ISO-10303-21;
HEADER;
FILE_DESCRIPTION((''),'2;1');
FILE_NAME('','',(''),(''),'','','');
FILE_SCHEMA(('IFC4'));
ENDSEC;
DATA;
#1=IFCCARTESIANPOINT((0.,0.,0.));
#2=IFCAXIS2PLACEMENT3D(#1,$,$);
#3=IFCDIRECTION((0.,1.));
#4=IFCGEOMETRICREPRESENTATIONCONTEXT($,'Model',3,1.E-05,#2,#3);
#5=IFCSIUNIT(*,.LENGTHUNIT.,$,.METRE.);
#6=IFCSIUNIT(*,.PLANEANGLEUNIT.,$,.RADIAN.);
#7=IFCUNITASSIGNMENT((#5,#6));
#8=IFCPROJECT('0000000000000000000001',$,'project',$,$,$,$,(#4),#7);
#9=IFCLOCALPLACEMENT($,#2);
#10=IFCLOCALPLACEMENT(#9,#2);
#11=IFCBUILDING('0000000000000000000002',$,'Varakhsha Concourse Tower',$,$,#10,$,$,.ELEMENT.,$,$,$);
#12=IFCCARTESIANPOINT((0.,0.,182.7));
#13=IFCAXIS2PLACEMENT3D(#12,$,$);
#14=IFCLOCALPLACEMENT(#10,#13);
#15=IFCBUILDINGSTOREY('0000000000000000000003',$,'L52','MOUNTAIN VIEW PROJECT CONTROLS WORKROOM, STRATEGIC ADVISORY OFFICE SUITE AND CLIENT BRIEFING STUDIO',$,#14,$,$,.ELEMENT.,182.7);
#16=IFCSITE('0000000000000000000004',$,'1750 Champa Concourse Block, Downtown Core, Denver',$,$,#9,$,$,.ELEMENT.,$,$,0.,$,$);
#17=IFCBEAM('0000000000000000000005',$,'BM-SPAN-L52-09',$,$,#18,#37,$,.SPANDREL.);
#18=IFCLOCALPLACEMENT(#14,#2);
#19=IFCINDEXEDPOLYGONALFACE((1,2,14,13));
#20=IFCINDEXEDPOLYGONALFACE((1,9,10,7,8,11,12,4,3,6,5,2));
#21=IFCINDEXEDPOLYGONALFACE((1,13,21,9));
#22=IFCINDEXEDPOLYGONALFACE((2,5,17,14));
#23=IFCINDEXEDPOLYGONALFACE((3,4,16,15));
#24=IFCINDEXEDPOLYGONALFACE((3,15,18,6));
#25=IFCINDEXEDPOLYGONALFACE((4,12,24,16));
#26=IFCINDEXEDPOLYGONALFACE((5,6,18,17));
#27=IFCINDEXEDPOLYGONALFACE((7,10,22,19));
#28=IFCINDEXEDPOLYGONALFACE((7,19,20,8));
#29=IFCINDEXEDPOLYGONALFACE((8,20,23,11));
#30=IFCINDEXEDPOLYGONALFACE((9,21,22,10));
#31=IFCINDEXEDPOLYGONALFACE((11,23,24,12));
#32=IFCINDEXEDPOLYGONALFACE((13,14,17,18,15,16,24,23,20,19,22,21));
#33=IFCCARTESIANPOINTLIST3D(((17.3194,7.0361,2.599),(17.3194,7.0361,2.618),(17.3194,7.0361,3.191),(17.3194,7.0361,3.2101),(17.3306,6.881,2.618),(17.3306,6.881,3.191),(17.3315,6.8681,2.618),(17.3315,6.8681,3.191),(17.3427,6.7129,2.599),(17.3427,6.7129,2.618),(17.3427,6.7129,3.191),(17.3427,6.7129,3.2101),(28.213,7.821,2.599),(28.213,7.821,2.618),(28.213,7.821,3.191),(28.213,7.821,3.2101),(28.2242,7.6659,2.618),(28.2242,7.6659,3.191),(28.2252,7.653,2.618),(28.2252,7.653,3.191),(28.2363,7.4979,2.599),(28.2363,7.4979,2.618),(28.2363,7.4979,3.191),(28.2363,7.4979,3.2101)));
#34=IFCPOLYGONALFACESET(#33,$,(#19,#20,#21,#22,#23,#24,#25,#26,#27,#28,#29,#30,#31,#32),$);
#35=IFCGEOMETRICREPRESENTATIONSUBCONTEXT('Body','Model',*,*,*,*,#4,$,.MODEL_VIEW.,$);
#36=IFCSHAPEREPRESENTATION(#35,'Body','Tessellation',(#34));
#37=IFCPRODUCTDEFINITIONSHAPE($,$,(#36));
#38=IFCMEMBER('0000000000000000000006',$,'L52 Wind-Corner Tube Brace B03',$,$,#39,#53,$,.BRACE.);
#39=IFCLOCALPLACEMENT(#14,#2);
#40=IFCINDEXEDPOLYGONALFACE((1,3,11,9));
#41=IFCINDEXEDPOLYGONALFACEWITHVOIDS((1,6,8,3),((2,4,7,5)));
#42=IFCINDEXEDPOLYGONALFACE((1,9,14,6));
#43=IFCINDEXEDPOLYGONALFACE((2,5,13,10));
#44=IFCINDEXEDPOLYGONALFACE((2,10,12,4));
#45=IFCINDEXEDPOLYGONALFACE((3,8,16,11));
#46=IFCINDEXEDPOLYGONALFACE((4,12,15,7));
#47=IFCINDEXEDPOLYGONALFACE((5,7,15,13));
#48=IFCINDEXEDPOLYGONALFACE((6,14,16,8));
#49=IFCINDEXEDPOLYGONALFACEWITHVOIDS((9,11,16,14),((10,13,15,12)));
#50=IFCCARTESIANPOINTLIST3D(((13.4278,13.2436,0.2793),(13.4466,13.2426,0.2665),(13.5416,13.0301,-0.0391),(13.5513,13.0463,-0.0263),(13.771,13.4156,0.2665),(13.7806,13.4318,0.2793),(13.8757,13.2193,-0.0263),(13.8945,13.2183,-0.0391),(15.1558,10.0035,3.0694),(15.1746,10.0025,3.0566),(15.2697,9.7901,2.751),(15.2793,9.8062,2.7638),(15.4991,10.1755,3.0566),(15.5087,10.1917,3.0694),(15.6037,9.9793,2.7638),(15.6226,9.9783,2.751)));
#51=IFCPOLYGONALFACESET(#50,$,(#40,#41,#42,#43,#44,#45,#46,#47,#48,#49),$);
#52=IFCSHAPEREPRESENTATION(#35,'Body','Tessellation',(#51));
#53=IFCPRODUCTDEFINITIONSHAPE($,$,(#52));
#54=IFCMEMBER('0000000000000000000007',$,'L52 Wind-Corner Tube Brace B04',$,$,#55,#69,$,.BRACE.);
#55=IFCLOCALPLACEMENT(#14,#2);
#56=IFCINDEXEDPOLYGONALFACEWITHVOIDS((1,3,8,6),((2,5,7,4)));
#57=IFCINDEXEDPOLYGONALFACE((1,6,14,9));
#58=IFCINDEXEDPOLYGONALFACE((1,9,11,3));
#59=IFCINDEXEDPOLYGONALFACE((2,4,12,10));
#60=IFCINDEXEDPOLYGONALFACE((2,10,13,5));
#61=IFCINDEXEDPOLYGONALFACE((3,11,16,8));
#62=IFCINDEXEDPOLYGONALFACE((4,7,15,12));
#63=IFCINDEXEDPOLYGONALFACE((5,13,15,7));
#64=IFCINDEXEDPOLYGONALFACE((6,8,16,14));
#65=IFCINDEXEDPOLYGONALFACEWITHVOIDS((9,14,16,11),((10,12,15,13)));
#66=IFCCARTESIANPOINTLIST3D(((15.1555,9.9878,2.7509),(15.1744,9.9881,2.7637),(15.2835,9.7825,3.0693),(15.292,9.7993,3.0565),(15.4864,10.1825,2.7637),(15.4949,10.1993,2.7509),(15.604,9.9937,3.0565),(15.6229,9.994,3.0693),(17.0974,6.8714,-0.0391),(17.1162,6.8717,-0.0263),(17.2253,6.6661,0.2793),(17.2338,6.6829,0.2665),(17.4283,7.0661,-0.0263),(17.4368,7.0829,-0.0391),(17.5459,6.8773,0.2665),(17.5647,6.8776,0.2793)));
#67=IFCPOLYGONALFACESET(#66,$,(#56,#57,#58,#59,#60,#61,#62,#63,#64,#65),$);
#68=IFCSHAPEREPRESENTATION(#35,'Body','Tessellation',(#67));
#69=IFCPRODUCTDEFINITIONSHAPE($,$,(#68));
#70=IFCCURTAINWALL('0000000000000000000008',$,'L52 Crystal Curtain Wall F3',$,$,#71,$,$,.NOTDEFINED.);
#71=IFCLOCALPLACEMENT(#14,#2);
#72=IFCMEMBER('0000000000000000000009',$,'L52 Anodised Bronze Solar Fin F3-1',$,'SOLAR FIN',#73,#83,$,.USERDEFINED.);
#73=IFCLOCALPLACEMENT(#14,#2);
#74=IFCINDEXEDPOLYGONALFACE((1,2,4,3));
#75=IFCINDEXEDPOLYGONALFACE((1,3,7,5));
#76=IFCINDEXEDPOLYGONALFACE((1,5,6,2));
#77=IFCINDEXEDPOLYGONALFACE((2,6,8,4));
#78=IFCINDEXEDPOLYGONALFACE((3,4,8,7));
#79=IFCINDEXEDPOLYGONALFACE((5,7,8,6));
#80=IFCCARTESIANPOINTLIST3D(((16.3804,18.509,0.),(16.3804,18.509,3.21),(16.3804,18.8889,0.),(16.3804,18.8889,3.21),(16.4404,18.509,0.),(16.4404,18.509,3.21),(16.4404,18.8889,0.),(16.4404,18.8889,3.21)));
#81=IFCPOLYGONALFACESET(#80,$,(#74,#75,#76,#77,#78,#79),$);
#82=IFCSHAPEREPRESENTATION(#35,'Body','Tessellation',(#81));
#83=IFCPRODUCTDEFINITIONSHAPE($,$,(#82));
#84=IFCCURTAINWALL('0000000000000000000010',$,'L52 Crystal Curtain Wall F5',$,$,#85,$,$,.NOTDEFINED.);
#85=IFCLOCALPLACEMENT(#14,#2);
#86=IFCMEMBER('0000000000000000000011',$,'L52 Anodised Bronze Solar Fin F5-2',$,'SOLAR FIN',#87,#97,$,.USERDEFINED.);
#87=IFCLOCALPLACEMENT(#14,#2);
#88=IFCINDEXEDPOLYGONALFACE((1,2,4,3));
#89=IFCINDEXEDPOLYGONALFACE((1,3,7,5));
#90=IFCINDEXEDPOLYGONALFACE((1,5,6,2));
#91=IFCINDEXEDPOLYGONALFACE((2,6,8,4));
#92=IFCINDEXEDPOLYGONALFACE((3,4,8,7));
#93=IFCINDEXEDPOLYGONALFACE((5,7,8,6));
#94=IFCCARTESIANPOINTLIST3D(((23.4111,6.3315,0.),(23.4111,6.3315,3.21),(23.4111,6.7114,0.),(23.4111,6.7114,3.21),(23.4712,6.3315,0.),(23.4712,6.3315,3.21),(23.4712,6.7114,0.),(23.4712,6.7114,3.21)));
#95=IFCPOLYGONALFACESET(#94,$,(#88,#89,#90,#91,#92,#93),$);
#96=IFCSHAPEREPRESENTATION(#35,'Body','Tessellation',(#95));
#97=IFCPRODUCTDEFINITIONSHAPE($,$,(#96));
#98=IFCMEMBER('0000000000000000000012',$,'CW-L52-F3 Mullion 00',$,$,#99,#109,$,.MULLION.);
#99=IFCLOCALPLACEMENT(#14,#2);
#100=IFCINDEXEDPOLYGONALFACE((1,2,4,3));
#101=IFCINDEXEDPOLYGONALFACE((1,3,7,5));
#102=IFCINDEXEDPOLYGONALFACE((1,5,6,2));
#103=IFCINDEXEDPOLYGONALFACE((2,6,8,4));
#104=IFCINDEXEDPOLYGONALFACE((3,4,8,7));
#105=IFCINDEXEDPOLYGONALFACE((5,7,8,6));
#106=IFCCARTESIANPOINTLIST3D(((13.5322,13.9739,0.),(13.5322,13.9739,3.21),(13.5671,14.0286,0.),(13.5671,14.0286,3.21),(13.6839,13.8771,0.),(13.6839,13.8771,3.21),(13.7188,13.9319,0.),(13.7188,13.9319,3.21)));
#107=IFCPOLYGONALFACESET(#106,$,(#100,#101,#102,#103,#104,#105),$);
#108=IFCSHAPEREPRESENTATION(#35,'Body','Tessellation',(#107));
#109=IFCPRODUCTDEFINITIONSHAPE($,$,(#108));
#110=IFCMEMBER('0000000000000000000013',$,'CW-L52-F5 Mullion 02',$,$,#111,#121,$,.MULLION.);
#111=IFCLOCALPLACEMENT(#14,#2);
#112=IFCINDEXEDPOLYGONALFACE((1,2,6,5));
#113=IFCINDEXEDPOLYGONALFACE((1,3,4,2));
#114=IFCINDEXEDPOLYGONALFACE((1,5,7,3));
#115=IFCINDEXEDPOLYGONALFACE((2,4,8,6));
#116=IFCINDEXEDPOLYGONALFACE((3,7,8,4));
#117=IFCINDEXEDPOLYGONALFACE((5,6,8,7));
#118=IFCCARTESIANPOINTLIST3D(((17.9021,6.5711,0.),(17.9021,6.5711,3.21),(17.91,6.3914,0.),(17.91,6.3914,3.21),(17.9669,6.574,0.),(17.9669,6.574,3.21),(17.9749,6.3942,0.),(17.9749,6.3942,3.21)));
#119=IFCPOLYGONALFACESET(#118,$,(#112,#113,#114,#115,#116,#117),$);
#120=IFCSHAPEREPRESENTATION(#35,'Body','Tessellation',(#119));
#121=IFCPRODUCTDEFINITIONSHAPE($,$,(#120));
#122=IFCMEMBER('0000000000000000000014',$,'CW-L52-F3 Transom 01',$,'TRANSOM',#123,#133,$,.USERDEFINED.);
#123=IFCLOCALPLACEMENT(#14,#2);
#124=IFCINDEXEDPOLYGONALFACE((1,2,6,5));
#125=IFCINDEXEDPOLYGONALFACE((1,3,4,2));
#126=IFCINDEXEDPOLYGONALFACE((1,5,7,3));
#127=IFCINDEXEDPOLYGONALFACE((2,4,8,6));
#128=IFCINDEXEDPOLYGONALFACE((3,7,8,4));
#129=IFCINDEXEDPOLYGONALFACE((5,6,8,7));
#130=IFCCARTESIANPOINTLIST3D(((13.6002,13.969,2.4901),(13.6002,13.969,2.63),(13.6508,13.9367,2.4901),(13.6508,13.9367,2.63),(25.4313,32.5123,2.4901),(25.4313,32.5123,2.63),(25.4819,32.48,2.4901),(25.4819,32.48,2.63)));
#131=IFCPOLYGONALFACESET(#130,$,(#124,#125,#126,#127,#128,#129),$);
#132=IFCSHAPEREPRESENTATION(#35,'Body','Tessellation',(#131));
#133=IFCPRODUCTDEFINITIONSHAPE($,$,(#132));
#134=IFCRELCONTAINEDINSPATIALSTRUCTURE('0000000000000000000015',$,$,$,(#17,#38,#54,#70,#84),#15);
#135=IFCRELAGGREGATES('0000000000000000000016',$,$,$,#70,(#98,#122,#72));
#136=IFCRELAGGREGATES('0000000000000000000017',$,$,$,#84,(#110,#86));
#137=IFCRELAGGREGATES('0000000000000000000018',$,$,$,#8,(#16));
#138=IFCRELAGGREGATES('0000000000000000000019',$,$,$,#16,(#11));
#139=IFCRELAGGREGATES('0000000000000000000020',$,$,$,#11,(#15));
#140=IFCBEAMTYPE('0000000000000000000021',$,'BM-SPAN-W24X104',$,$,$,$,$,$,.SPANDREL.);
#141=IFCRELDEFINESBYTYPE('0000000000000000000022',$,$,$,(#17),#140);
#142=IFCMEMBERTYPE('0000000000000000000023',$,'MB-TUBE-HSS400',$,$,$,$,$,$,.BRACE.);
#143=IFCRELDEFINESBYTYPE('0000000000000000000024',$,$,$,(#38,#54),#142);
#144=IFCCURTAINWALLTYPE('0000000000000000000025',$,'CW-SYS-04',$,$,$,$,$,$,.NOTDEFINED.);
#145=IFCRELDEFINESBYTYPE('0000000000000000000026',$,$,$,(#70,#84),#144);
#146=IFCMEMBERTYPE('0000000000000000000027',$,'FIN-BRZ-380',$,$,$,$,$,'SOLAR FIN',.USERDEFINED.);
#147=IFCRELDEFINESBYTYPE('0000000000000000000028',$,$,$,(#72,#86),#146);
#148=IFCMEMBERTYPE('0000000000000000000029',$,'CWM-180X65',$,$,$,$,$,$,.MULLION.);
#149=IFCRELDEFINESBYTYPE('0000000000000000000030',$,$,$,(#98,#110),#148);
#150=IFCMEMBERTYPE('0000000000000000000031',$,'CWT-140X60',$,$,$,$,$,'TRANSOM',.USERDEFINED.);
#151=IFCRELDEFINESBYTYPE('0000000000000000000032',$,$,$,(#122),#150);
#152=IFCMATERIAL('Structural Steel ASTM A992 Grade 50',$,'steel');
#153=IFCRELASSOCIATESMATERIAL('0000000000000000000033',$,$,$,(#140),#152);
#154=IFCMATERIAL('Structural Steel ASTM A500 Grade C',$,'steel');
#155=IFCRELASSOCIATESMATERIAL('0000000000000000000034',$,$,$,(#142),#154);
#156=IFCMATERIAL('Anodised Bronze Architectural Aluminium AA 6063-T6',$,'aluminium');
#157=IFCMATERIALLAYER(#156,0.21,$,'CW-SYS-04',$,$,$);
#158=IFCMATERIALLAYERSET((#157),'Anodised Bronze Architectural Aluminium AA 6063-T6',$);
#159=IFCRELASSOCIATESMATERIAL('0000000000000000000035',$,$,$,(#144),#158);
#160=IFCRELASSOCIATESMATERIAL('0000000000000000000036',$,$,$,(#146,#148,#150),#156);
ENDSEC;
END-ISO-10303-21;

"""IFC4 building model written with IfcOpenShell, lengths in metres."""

from ifc_helpers import new_model, si_unit, direction, frame, origin, origin_2d, place, context, subcontext, project, spatial, rectangle, hollow_rectangle, i_section, extrude, source, transform, mapped, material, layer, layer_set, material_profile, profile_set, type_object, type_shapes, element, aggregate, save


model = new_model("IFC4")

# Units and contexts
model_context = context("Model", 3, precision=1e-05, world=origin(), true_north=direction((0.0, 1.0)))
body_context = subcontext(model_context, "Body", "Model", "MODEL_VIEW")
ifc_project = project(units=[si_unit("LENGTHUNIT", "METRE"), si_unit("PLANEANGLEUNIT", "RADIAN")], contexts=[model_context])

# Site, building, storey
site_placement = place(None, origin())
site = spatial("IfcSite", under=ifc_project, at=site_placement, Name="1750 Champa Concourse Block, Downtown Core, Denver", CompositionType="ELEMENT", RefElevation=0.0)
building_placement = place(site_placement, origin())
building = spatial("IfcBuilding", under=site, at=building_placement, Name="Varakhsha Concourse Tower", CompositionType="ELEMENT")
storey_placement = place(building_placement, frame((0.0, 0.0, 182.7)))
storey = spatial("IfcBuildingStorey", under=building, at=storey_placement, Name="L52", Description="MOUNTAIN VIEW PROJECT CONTROLS WORKROOM, STRATEGIC ADVISORY OFFICE SUITE AND CLIENT BRIEFING STUDIO", CompositionType="ELEMENT", Elevation=182.7)

# Shared definitions
ifc_material_1 = material(Name="Structural Steel ASTM A992 Grade 50", Category="steel")

# Beam
ifc_material_profile_1 = material_profile(ifc_material_1, i_section(OverallWidth=0.324, OverallDepth=0.6111, WebThickness=0.0129, FlangeThickness=0.019, at=origin_2d()), Name="W24X104")
ifc_profile_set_1 = profile_set([ifc_material_profile_1], Name="Structural Steel ASTM A992 Grade 50")
beam_type_1 = type_object("IfcBeamType", Name="BM-SPAN-W24X104", PredefinedType="SPANDREL", material=ifc_profile_set_1)
beam_1_placement = place(storey_placement, frame((17.3311, 6.8745, 2.9045), z_axis=(0.997414, 0.071867, 0.0), x_axis=(-0.071867, 0.997414, 0.0)))
element("IfcBeam", 1, at=beam_1_placement, inside=storey, type_object=beam_type_1, Name="BM-SPAN-L52-09", PredefinedType="SPANDREL", context=body_context, shape_type="SweptSolid", body=[
    extrude(i_section(OverallWidth=0.324, OverallDepth=0.6111, WebThickness=0.0129, FlangeThickness=0.019, at=origin_2d()), origin(), (0.0, 0.0, 1.0), 10.9219),
])

# Members
ifc_material_2 = material(Name="Structural Steel ASTM A500 Grade C", Category="steel")
ifc_material_profile_2 = material_profile(ifc_material_2, hollow_rectangle(XDim=0.3999, YDim=0.3999, WallThickness=0.0161, at=origin_2d()), Name="HSS 400x400x16")
ifc_profile_set_2 = profile_set([ifc_material_profile_2], Name="Structural Steel ASTM A500 Grade C")
member_type_1 = type_object("IfcMemberType", Name="MB-TUBE-HSS400", PredefinedType="BRACE", material=ifc_profile_set_2)
shared_shape_1 = source(origin(), body_context, "Body", "SweptSolid", [
    extrude(hollow_rectangle(XDim=0.3999, YDim=0.3999, WallThickness=0.0161, at=origin_2d()), origin(), (0.0, 0.0, 1.0), 4.6118),
])
member_1_placement = place(storey_placement, frame((13.6611, 13.231, 0.1201), z_axis=(0.374704, -0.702556, 0.604989), x_axis=(0.882349, 0.470595, 0.0)))
element("IfcMember", 2, at=member_1_placement, inside=storey, type_object=member_type_1, Name="L52 Wind-Corner Tube Brace B03", PredefinedType="BRACE", context=body_context, shape_type="MappedRepresentation", body=[
    mapped(shared_shape_1, transform((0.0, 0.0, 0.0), scale=1.0)),
])
shared_shape_2 = source(origin(), body_context, "Body", "SweptSolid", [
    extrude(hollow_rectangle(XDim=0.3999, YDim=0.3999, WallThickness=0.0161, at=origin_2d()), origin(), (0.0, 0.0, 1.0), 4.6116),
])
type_shapes(member_type_1, [shared_shape_1, shared_shape_2])
member_2_placement = place(storey_placement, frame((17.3311, 6.8745, 0.1201), z_axis=(-0.421082, 0.675775, 0.604994), x_axis=(-0.848718, -0.528845, 0.0)))
element("IfcMember", 3, at=member_2_placement, inside=storey, type_object=member_type_1, Name="L52 Wind-Corner Tube Brace B04", PredefinedType="BRACE", context=body_context, shape_type="MappedRepresentation", body=[
    mapped(shared_shape_2, transform((0.0, 0.0, 0.0), scale=1.0)),
])

# Curtain walls, members
ifc_material_3 = material(Name="Anodised Bronze Architectural Aluminium AA 6063-T6", Category="aluminium")
ifc_layer_1 = layer(ifc_material_3, 0.21, Name="CW-SYS-04")
ifc_layer_set_1 = layer_set([ifc_layer_1], Name="Anodised Bronze Architectural Aluminium AA 6063-T6")
curtain_wall_type = type_object("IfcCurtainWallType", Name="CW-SYS-04", PredefinedType="NOTDEFINED", material=ifc_layer_set_1)
curtain_wall_1_placement = place(storey_placement, origin())
curtain_wall_1 = element("IfcCurtainWall", 4, at=curtain_wall_1_placement, inside=storey, type_object=curtain_wall_type, Name="L52 Crystal Curtain Wall F3", PredefinedType="NOTDEFINED")
ifc_material_profile_3 = material_profile(ifc_material_3, rectangle(XDim=0.0601, YDim=0.3799, at=origin_2d()), Name="FIN-BRZ-380")
ifc_profile_set_3 = profile_set([ifc_material_profile_3], Name="Anodised Bronze Architectural Aluminium AA 6063-T6")
member_type_2 = type_object("IfcMemberType", Name="FIN-BRZ-380", ElementType="SOLAR FIN", PredefinedType="USERDEFINED", material=ifc_profile_set_3)
shared_shape_3 = source(origin(), body_context, "Body", "SweptSolid", [
    extrude(rectangle(XDim=0.0601, YDim=0.3799, at=origin_2d()), origin(), (0.0, 0.0, 1.0), 3.21),
])
type_shapes(member_type_2, [shared_shape_3])
member_3_placement = place(storey_placement, frame((16.4104, 18.699, 0.0), z_axis=(0.0, 0.0, 1.0), x_axis=(1.0, 0.0, 0.0)))
member_3 = element("IfcMember", 5, at=member_3_placement, type_object=member_type_2, Name="L52 Anodised Bronze Solar Fin F3-1", ObjectType="SOLAR FIN", PredefinedType="USERDEFINED", context=body_context, shape_type="MappedRepresentation", body=[
    mapped(shared_shape_3, transform((0.0, 0.0, 0.0), scale=1.0)),
])
curtain_wall_2_placement = place(storey_placement, origin())
curtain_wall_2 = element("IfcCurtainWall", 6, at=curtain_wall_2_placement, inside=storey, type_object=curtain_wall_type, Name="L52 Crystal Curtain Wall F5", PredefinedType="NOTDEFINED")
member_4_placement = place(storey_placement, frame((23.4412, 6.5215, 0.0), z_axis=(0.0, 0.0, 1.0), x_axis=(1.0, 0.0, 0.0)))
member_4 = element("IfcMember", 7, at=member_4_placement, type_object=member_type_2, Name="L52 Anodised Bronze Solar Fin F5-2", ObjectType="SOLAR FIN", PredefinedType="USERDEFINED", context=body_context, shape_type="MappedRepresentation", body=[
    mapped(shared_shape_3, transform((0.0, 0.0, 0.0), scale=1.0)),
])

# Members
ifc_material_profile_4 = material_profile(ifc_material_3, rectangle(XDim=0.0649, YDim=0.1799, at=origin_2d()), Name="CWM-180X65")
ifc_profile_set_4 = profile_set([ifc_material_profile_4], Name="Anodised Bronze Architectural Aluminium AA 6063-T6")
member_type_3 = type_object("IfcMemberType", Name="CWM-180X65", PredefinedType="MULLION", material=ifc_profile_set_4)
shared_shape_4 = source(origin(), body_context, "Body", "SweptSolid", [
    extrude(rectangle(XDim=0.0649, YDim=0.1799, at=origin_2d()), origin(), (0.0, 0.0, 1.0), 3.21),
])
type_shapes(member_type_3, [shared_shape_4])
member_5_placement = place(storey_placement, frame((13.6255, 13.9529, 0.0), z_axis=(0.0, 0.0, 1.0), x_axis=(0.537863, 0.843032, 0.0)))
member_5 = element("IfcMember", 8, at=member_5_placement, type_object=member_type_3, Name="CW-L52-F3 Mullion 00", PredefinedType="MULLION", context=body_context, shape_type="MappedRepresentation", body=[
    mapped(shared_shape_4, transform((0.0, 0.0, 0.0), scale=1.0)),
])
member_6_placement = place(storey_placement, frame((17.9385, 6.4827, 0.0), z_axis=(0.0, 0.0, 1.0), x_axis=(-0.999019, -0.044285, 0.0)))
member_6 = element("IfcMember", 9, at=member_6_placement, type_object=member_type_3, Name="CW-L52-F5 Mullion 02", PredefinedType="MULLION", context=body_context, shape_type="MappedRepresentation", body=[
    mapped(shared_shape_4, transform((0.0, 0.0, 0.0), scale=1.0)),
])
ifc_material_profile_5 = material_profile(ifc_material_3, rectangle(XDim=0.0601, YDim=0.1399, at=origin_2d()), Name="CWT-140X60")
ifc_profile_set_5 = profile_set([ifc_material_profile_5], Name="Anodised Bronze Architectural Aluminium AA 6063-T6")
member_type_4 = type_object("IfcMemberType", Name="CWT-140X60", ElementType="TRANSOM", PredefinedType="USERDEFINED", material=ifc_profile_set_5)
shared_shape_5 = source(origin(), body_context, "Body", "SweptSolid", [
    extrude(rectangle(XDim=0.0601, YDim=0.1399, at=origin_2d()), origin(), (0.0, 0.0, 1.0), 21.9961),
])
type_shapes(member_type_4, [shared_shape_5])
member_7_placement = place(storey_placement, frame((13.6255, 13.9529, 2.5601), z_axis=(0.537873, 0.843026, 0.0), x_axis=(-0.843026, 0.537873, 0.0)))
member_7 = element("IfcMember", 10, at=member_7_placement, type_object=member_type_4, Name="CW-L52-F3 Transom 01", ObjectType="TRANSOM", PredefinedType="USERDEFINED", context=body_context, shape_type="MappedRepresentation", body=[
    mapped(shared_shape_5, transform((0.0, 0.0, 0.0), scale=1.0)),
])

aggregate(curtain_wall_1, [member_5, member_7, member_3])
aggregate(curtain_wall_2, [member_6, member_4])

save(model, "model.ifc")
